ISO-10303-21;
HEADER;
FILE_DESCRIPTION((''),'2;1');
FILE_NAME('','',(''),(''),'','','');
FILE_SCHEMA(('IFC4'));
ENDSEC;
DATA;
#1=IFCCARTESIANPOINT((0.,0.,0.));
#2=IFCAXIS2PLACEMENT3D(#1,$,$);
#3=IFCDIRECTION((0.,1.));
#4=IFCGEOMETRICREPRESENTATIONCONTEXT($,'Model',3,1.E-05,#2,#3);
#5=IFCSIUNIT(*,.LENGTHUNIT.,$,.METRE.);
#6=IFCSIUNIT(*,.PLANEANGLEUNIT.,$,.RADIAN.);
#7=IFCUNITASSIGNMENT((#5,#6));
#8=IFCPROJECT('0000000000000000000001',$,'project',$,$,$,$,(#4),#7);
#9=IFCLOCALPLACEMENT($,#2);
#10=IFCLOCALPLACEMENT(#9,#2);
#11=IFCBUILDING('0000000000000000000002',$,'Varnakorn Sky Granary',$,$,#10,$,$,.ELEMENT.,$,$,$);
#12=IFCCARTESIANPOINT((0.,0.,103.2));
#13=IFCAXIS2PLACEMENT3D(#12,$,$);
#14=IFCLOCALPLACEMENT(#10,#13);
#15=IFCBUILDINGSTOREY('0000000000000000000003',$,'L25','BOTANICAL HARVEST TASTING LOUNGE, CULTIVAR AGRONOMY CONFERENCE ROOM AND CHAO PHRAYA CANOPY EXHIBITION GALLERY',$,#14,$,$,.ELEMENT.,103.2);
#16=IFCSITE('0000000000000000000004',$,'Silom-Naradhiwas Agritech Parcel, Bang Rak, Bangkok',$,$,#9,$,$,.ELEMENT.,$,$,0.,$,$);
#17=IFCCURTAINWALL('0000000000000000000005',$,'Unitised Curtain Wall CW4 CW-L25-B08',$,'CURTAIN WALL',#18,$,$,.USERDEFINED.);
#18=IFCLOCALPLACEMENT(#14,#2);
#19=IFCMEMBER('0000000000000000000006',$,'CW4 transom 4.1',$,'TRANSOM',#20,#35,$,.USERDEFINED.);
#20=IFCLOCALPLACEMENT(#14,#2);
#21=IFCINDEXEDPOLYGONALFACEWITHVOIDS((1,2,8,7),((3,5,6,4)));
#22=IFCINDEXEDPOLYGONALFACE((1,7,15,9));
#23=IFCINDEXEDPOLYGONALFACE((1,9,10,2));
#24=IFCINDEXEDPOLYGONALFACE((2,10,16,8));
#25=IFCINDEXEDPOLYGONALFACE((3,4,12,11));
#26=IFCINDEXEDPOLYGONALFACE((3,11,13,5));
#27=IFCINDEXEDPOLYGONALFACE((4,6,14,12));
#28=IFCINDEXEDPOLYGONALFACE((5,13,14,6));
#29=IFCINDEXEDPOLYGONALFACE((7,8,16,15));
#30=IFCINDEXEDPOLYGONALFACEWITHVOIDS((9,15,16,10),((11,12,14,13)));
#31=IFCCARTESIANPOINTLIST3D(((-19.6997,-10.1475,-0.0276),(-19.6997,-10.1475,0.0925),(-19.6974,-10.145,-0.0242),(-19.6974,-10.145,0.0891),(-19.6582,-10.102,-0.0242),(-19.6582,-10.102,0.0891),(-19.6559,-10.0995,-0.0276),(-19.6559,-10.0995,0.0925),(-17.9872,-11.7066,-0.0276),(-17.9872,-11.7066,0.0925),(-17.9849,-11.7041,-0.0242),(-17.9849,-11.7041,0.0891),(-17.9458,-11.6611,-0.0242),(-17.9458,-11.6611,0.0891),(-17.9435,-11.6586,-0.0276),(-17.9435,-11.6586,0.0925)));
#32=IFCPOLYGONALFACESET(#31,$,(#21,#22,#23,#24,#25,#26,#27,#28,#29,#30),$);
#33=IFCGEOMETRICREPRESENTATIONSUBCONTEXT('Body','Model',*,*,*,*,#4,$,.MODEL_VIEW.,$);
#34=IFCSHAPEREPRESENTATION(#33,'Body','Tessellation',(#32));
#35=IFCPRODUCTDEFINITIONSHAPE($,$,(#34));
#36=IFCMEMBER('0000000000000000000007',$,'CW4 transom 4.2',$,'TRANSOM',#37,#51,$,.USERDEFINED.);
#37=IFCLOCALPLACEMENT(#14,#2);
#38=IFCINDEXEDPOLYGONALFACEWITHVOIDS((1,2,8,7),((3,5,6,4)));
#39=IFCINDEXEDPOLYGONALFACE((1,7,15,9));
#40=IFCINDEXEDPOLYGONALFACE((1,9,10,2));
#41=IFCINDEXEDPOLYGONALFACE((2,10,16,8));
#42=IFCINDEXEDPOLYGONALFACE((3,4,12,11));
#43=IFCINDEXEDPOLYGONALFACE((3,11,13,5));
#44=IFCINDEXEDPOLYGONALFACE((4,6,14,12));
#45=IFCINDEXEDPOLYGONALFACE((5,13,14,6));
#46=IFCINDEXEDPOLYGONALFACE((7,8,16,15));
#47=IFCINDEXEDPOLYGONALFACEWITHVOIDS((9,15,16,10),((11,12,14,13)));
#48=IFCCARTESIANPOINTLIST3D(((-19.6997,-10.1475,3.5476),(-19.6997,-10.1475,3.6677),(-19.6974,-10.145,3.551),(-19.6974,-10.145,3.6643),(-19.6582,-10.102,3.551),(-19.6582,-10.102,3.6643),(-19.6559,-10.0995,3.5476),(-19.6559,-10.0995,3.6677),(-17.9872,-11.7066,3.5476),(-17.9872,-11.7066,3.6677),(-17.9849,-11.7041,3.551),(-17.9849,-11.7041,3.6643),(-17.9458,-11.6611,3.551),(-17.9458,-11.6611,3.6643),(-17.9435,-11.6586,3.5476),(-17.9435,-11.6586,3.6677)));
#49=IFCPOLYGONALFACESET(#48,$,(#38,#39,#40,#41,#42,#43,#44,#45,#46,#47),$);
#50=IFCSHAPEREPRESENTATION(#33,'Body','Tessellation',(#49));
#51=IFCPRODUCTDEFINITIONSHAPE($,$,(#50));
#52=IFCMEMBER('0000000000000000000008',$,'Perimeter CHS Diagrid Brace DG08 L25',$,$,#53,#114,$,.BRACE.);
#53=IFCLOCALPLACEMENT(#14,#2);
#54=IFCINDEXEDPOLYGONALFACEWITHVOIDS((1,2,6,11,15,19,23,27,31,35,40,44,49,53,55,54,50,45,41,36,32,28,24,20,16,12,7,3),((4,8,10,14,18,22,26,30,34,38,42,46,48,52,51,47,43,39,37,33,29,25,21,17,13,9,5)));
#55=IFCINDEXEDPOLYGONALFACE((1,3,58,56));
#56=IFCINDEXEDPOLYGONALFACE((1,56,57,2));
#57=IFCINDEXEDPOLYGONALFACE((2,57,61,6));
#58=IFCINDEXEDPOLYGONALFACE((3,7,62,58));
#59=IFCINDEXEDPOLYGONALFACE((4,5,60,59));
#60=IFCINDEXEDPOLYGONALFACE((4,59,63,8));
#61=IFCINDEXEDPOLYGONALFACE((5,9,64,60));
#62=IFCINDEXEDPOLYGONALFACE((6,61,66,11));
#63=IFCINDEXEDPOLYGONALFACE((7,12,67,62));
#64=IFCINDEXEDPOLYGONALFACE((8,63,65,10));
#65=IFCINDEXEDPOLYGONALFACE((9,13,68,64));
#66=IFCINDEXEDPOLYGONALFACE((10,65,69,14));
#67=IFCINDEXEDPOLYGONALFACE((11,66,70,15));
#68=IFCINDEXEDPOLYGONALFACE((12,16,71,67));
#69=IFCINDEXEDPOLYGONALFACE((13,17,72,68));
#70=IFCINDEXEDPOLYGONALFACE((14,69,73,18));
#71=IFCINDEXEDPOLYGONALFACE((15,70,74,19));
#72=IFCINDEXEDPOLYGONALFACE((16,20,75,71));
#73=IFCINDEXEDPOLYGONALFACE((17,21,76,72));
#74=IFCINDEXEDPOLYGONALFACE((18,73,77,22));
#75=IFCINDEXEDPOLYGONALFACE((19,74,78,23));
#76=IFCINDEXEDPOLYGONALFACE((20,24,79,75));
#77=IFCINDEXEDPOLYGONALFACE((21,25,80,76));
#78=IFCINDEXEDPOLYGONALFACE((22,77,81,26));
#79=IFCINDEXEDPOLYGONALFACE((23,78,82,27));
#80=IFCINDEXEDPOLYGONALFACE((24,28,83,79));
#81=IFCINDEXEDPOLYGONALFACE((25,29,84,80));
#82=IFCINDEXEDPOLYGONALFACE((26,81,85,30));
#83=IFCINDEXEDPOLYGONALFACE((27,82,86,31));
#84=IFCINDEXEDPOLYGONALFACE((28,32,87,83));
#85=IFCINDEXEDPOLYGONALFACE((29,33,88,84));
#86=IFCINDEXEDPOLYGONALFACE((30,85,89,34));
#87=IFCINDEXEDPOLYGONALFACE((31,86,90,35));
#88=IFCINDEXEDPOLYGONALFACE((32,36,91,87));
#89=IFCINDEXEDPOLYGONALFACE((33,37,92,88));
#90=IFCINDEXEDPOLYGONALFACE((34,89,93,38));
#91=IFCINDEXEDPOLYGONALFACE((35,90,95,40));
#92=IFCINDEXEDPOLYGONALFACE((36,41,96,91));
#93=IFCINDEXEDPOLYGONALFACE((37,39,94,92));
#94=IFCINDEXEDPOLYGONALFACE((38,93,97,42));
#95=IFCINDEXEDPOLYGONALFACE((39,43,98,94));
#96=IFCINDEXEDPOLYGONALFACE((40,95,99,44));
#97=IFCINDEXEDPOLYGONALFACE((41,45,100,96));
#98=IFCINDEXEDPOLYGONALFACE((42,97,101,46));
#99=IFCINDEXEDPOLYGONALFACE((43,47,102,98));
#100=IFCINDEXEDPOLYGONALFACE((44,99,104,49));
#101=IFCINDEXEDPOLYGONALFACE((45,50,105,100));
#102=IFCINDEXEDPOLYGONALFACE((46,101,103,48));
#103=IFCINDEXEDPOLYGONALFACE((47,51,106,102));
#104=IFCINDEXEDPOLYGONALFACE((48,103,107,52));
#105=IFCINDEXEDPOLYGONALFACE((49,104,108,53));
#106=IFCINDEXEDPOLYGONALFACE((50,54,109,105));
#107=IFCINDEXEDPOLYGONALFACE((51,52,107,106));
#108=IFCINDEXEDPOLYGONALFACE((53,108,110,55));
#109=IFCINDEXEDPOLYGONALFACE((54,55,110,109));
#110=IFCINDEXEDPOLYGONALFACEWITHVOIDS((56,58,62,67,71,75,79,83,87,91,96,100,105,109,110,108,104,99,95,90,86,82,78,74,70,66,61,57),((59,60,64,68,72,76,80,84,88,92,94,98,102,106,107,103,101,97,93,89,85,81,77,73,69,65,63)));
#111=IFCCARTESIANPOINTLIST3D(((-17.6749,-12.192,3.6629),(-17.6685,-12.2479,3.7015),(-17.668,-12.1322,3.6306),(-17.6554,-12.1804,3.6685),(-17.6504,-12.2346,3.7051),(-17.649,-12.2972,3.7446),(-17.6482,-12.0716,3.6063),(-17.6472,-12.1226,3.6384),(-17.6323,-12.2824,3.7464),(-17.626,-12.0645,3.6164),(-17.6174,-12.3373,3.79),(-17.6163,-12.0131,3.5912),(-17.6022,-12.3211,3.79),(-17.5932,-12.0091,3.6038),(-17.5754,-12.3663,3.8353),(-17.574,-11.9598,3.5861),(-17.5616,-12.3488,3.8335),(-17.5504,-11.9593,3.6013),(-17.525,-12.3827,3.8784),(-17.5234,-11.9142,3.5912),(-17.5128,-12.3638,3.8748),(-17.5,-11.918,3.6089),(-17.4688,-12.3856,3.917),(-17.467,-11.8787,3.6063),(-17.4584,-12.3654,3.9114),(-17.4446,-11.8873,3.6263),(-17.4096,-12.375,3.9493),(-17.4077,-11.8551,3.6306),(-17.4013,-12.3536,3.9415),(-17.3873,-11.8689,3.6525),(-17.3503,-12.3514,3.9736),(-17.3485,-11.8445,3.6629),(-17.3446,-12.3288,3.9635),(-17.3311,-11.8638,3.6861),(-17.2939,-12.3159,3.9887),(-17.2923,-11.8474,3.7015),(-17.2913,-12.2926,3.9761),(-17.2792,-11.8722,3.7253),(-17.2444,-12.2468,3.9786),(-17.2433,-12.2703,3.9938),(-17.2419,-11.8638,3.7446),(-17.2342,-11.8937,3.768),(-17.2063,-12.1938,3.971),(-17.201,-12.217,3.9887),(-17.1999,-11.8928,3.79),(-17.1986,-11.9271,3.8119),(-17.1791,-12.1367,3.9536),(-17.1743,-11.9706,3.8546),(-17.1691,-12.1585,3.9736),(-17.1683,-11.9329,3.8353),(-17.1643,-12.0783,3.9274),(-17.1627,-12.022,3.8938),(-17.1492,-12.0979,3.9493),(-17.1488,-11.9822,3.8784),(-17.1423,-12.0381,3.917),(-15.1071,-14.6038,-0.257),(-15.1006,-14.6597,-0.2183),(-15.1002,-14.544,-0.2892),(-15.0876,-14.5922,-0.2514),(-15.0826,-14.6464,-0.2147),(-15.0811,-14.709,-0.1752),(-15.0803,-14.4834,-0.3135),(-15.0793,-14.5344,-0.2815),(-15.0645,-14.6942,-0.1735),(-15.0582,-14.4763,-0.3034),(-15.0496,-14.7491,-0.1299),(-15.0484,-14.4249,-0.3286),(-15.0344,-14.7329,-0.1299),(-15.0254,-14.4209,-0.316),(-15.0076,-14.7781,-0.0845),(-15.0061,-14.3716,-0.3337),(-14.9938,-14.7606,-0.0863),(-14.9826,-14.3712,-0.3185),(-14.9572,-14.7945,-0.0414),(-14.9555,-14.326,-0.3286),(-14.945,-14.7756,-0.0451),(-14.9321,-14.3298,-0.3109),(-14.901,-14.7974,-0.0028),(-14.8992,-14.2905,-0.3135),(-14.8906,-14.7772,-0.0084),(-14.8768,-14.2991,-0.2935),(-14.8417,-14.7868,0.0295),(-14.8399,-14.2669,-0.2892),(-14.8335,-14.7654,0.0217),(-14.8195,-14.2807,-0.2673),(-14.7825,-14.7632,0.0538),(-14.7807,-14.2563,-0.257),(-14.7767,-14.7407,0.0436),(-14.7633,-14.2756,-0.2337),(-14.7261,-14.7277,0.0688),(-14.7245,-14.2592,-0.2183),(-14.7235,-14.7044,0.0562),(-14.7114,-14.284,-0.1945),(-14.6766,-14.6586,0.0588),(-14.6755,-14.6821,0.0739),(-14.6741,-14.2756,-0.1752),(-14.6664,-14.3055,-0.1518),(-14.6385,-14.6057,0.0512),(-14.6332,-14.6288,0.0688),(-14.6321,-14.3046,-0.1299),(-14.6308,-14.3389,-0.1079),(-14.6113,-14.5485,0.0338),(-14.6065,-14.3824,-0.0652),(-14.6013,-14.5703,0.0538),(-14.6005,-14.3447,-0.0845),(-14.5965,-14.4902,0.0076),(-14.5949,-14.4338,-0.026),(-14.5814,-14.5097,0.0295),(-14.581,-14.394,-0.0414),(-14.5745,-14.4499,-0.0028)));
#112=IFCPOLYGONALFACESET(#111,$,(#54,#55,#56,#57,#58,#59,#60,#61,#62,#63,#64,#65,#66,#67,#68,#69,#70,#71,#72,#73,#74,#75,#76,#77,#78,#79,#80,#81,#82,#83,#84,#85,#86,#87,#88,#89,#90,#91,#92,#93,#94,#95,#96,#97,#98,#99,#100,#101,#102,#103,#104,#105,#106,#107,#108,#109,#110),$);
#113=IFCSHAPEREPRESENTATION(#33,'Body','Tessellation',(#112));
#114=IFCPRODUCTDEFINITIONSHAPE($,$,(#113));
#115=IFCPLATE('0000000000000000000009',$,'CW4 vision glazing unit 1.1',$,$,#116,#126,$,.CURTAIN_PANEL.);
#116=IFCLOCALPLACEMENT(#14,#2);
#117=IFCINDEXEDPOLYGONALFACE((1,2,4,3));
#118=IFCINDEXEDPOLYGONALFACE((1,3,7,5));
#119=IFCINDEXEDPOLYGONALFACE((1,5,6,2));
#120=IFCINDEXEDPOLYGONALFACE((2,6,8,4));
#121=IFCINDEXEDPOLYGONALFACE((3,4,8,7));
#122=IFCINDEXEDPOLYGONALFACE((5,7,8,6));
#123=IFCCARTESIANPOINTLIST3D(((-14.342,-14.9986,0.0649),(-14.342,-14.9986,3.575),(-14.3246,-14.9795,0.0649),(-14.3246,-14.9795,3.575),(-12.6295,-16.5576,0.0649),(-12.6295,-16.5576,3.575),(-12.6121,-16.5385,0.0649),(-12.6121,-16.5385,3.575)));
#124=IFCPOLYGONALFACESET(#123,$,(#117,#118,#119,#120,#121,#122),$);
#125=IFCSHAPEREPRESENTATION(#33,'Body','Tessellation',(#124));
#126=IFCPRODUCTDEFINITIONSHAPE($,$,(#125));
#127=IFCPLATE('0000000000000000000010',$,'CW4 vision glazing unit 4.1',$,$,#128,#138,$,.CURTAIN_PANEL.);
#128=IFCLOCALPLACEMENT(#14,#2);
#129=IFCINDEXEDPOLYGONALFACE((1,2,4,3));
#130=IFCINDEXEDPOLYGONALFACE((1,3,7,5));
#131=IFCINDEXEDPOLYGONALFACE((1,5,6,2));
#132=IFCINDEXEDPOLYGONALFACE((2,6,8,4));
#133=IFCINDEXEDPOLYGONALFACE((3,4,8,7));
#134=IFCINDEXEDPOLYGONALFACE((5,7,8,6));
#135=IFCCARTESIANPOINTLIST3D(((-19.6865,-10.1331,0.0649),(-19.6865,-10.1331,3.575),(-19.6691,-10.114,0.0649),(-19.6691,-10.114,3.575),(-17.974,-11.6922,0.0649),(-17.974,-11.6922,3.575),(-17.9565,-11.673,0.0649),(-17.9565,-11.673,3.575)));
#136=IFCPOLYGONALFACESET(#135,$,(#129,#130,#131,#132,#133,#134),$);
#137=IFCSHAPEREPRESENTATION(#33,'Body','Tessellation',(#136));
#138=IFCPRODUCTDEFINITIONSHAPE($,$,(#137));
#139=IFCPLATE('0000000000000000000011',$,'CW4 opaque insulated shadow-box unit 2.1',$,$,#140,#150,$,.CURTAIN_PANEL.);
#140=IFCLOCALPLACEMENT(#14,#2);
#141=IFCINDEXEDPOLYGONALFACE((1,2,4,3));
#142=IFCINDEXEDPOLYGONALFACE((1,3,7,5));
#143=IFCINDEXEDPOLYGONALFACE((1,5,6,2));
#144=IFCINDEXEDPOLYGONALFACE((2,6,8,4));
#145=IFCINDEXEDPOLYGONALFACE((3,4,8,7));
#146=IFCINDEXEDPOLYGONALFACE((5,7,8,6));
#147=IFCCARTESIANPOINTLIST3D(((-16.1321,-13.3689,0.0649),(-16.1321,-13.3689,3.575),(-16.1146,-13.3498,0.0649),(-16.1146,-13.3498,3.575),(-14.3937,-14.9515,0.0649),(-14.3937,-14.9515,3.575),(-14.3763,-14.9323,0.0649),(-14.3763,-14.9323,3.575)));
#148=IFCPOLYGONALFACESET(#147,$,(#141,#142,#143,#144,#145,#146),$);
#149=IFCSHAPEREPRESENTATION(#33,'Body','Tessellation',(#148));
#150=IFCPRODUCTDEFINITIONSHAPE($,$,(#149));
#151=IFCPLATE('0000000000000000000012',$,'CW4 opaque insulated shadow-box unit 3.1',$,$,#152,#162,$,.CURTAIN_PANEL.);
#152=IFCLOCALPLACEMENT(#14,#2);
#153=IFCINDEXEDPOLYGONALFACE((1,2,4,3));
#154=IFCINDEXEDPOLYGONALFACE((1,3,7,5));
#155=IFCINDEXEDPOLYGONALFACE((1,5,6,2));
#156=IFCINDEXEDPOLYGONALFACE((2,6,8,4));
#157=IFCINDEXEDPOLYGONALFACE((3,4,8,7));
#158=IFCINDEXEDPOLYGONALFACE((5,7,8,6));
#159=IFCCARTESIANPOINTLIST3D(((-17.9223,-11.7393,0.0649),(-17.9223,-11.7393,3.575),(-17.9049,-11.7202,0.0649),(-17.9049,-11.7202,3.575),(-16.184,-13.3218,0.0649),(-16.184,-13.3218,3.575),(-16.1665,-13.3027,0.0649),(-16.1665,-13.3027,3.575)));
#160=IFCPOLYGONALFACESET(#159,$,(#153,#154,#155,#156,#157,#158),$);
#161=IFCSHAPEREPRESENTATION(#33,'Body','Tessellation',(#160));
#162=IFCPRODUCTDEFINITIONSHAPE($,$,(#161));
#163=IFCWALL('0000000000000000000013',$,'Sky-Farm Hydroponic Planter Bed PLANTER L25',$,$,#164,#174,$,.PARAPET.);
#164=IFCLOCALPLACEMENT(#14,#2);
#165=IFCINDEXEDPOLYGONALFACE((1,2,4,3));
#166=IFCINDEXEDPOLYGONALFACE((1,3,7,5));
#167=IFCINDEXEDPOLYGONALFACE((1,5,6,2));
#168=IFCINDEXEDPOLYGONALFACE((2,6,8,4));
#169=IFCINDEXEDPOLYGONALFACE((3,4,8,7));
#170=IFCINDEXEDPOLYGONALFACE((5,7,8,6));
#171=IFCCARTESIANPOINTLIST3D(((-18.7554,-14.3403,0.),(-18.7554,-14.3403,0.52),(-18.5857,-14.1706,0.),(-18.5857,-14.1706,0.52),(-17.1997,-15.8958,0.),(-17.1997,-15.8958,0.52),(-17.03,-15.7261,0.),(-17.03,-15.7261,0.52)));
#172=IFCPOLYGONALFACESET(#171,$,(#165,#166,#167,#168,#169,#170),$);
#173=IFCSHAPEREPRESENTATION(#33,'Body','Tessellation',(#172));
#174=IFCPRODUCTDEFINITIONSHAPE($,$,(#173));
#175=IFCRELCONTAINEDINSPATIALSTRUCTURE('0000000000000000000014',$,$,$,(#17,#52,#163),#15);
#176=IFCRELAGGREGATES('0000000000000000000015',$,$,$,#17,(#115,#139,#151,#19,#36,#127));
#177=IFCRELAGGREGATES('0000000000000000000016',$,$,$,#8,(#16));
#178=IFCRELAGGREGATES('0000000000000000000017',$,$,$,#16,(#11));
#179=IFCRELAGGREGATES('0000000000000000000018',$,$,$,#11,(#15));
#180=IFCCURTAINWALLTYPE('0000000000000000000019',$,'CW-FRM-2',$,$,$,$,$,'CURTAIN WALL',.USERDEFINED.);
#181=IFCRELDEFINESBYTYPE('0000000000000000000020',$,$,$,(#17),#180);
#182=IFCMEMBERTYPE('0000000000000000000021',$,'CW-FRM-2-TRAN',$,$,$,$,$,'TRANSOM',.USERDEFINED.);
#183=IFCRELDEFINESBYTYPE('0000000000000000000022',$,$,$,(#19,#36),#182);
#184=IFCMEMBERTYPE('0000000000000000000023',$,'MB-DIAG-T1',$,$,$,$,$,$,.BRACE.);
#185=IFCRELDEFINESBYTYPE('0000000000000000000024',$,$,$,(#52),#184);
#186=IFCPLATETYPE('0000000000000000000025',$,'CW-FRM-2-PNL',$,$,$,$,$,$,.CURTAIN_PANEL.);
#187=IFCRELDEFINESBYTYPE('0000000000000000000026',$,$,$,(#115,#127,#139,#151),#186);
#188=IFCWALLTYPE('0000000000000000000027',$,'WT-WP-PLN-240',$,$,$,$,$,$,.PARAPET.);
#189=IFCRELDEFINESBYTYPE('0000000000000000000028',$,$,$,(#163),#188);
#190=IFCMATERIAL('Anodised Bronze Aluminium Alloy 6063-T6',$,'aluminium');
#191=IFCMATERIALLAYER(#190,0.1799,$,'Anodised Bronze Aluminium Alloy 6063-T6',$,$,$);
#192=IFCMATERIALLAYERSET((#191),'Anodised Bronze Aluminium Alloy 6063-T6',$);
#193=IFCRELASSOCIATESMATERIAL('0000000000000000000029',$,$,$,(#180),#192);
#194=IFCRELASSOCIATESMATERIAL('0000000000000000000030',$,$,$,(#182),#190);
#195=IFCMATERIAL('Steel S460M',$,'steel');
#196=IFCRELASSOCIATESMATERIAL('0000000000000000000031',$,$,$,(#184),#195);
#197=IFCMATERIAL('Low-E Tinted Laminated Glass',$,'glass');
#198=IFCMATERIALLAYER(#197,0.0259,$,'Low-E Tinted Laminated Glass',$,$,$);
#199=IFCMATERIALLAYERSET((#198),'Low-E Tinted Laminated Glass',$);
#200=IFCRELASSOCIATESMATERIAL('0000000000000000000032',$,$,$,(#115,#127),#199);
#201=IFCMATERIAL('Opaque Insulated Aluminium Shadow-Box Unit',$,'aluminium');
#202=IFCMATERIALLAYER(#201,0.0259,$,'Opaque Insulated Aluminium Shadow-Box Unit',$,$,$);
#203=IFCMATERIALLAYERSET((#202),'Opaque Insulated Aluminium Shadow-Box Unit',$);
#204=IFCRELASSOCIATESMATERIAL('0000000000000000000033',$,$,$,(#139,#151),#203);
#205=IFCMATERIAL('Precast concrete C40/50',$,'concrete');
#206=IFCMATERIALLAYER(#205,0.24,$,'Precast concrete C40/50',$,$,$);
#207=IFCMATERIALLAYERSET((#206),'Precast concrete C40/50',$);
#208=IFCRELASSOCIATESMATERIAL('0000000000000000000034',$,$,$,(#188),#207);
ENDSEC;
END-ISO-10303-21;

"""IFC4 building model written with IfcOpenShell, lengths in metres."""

from ifc_helpers import new_model, si_unit, direction, frame, frame_2d, origin, origin_2d, place, context, subcontext, project, spatial, rectangle, hollow_rectangle, hollow_circle, extrude, source, transform, mapped, material, layer, layer_set, material_profile, profile_set, type_object, type_shapes, element, aggregate, save


model = new_model("IFC4")

# Units and contexts
model_context = context("Model", 3, precision=1e-05, world=origin(), true_north=direction((0.0, 1.0)))
body_context = subcontext(model_context, "Body", "Model", "MODEL_VIEW")
ifc_project = project(units=[si_unit("LENGTHUNIT", "METRE"), si_unit("PLANEANGLEUNIT", "RADIAN")], contexts=[model_context])

# Site, building, storey
site_placement = place(None, origin())
site = spatial("IfcSite", under=ifc_project, at=site_placement, Name="Silom-Naradhiwas Agritech Parcel, Bang Rak, Bangkok", CompositionType="ELEMENT", RefElevation=0.0)
building_placement = place(site_placement, origin())
building = spatial("IfcBuilding", under=site, at=building_placement, Name="Varnakorn Sky Granary", CompositionType="ELEMENT")
storey_placement = place(building_placement, frame((0.0, 0.0, 103.2)))
storey = spatial("IfcBuildingStorey", under=building, at=storey_placement, Name="L25", Description="BOTANICAL HARVEST TASTING LOUNGE, CULTIVAR AGRONOMY CONFERENCE ROOM AND CHAO PHRAYA CANOPY EXHIBITION GALLERY", CompositionType="ELEMENT", Elevation=103.2)

# Shared definitions
ifc_material_1 = material(Name="Steel S460M", Category="steel")

# Curtain wall, members
ifc_material_2 = material(Name="Anodised Bronze Aluminium Alloy 6063-T6", Category="aluminium")
ifc_layer_1 = layer(ifc_material_2, 0.1799, Name="Anodised Bronze Aluminium Alloy 6063-T6")
ifc_layer_set_1 = layer_set([ifc_layer_1], Name="Anodised Bronze Aluminium Alloy 6063-T6")
curtain_wall_type = type_object("IfcCurtainWallType", Name="CW-FRM-2", ElementType="CURTAIN WALL", PredefinedType="USERDEFINED", material=ifc_layer_set_1)
curtain_wall_placement = place(storey_placement, origin())
curtain_wall = element("IfcCurtainWall", 1, at=curtain_wall_placement, inside=storey, type_object=curtain_wall_type, Name="Unitised Curtain Wall CW4 CW-L25-B08", ObjectType="CURTAIN WALL", PredefinedType="USERDEFINED")
ifc_material_profile_1 = material_profile(ifc_material_2, hollow_rectangle(XDim=0.0649, YDim=0.1201, WallThickness=0.0034, at=origin_2d()), Name="ALU TRAN 65x120")
ifc_profile_set_1 = profile_set([ifc_material_profile_1], Name="Anodised Bronze Aluminium Alloy 6063-T6")
member_type_1 = type_object("IfcMemberType", Name="CW-FRM-2-TRAN", ElementType="TRANSOM", PredefinedType="USERDEFINED", material=ifc_profile_set_1)
member_1_placement = place(storey_placement, frame((-17.9653, -11.6826, 0.0325), z_axis=(-0.739434, 0.673229, 0.0), x_axis=(-0.673229, -0.739434, 0.0)))
member_1 = element("IfcMember", 2, at=member_1_placement, type_object=member_type_1, Name="CW4 transom 4.1", ObjectType="TRANSOM", PredefinedType="USERDEFINED", context=body_context, shape_type="SweptSolid", body=[
    extrude(hollow_rectangle(XDim=0.0649, YDim=0.1201, WallThickness=0.0034, at=origin_2d()), origin(), (0.0, 0.0, 1.0), 2.3159),
])
member_2_placement = place(storey_placement, frame((-17.9653, -11.6826, 3.6077), z_axis=(-0.739434, 0.673229, 0.0), x_axis=(-0.673229, -0.739434, 0.0)))
member_2 = element("IfcMember", 3, at=member_2_placement, type_object=member_type_1, Name="CW4 transom 4.2", ObjectType="TRANSOM", PredefinedType="USERDEFINED", context=body_context, shape_type="SweptSolid", body=[
    extrude(hollow_rectangle(XDim=0.0649, YDim=0.1201, WallThickness=0.0034, at=origin_2d()), origin(), (0.0, 0.0, 1.0), 2.3159),
])

# Member
ifc_material_profile_2 = material_profile(ifc_material_1, hollow_circle(Radius=0.3049, WallThickness=0.0222, at=origin_2d()), Name="CHS 610x22")
ifc_profile_set_2 = profile_set([ifc_material_profile_2], Name="Steel S460M")
member_type_2 = type_object("IfcMemberType", Name="MB-DIAG-T1", PredefinedType="BRACE", material=ifc_profile_set_2)
member_3_placement = place(storey_placement, frame((-14.8408, -14.5269, -0.1299), z_axis=(-0.487227, 0.457627, 0.743765), x_axis=(-0.684619, -0.728902, 0.0)))
element("IfcMember", 4, at=member_3_placement, inside=storey, type_object=member_type_2, Name="Perimeter CHS Diagrid Brace DG08 L25", PredefinedType="BRACE", context=body_context, shape_type="SweptSolid", body=[
    extrude(hollow_circle(Radius=0.3049, WallThickness=0.0222, at=origin_2d()), origin(), (0.0, 0.0, 1.0), 5.2703),
])

# Plates
ifc_material_3 = material(Name="Low-E Tinted Laminated Glass", Category="glass")
ifc_layer_2 = layer(ifc_material_3, 0.0259, Name="Low-E Tinted Laminated Glass")
ifc_layer_set_2 = layer_set([ifc_layer_2], Name="Low-E Tinted Laminated Glass")
plate_type = type_object("IfcPlateType", Name="CW-FRM-2-PNL", PredefinedType="CURTAIN_PANEL")
shared_shape_1 = source(origin(), body_context, "Body", "SweptSolid", [
    extrude(rectangle(XDim=2.3159, YDim=0.0259, at=origin_2d()), origin(), (0.0, 0.0, 1.0), 3.51),
])
plate_1_placement = place(storey_placement, frame((-13.4771, -15.7686, 0.0649), z_axis=(0.0, 0.0, 1.0), x_axis=(-0.739474, 0.673185, 0.0)))
plate_1 = element("IfcPlate", 5, at=plate_1_placement, type_object=plate_type, material=ifc_layer_set_2, Name="CW4 vision glazing unit 1.1", PredefinedType="CURTAIN_PANEL", context=body_context, shape_type="MappedRepresentation", body=[
    mapped(shared_shape_1, transform((0.0, 0.0, 0.0), x_axis=(1.0, 0.0, 0.0), y_axis=(0.0, 1.0, 0.0), z_axis=(0.0, 0.0, 1.0), scale=1.0)),
])
plate_2_placement = place(storey_placement, frame((-18.8215, -10.9031, 0.0649), z_axis=(0.0, 0.0, 1.0), x_axis=(-0.739474, 0.673185, 0.0)))
plate_2 = element("IfcPlate", 6, at=plate_2_placement, type_object=plate_type, material=ifc_layer_set_2, Name="CW4 vision glazing unit 4.1", PredefinedType="CURTAIN_PANEL", context=body_context, shape_type="MappedRepresentation", body=[
    mapped(shared_shape_1, transform((0.0, 0.0, 0.0), x_axis=(1.0, 0.0, 0.0), y_axis=(0.0, 1.0, 0.0), z_axis=(0.0, 0.0, 1.0), scale=1.0)),
])
ifc_material_4 = material(Name="Opaque Insulated Aluminium Shadow-Box Unit", Category="aluminium")
ifc_layer_3 = layer(ifc_material_4, 0.0259, Name="Opaque Insulated Aluminium Shadow-Box Unit")
ifc_layer_set_3 = layer_set([ifc_layer_3], Name="Opaque Insulated Aluminium Shadow-Box Unit")
shared_shape_2 = source(origin(), body_context, "Body", "SweptSolid", [
    extrude(rectangle(XDim=2.3508, YDim=0.0259, at=origin_2d()), origin(), (0.0, 0.0, 1.0), 3.51),
])
type_shapes(plate_type, [shared_shape_1, shared_shape_2])
plate_3_placement = place(storey_placement, frame((-15.2542, -14.1506, 0.0649), z_axis=(0.0, 0.0, 1.0), x_axis=(-0.739474, 0.673185, 0.0)))
plate_3 = element("IfcPlate", 7, at=plate_3_placement, type_object=plate_type, material=ifc_layer_set_3, Name="CW4 opaque insulated shadow-box unit 2.1", PredefinedType="CURTAIN_PANEL", context=body_context, shape_type="MappedRepresentation", body=[
    mapped(shared_shape_2, transform((0.0, 0.0, 0.0), x_axis=(1.0, 0.0, 0.0), y_axis=(0.0, 1.0, 0.0), z_axis=(0.0, 0.0, 1.0), scale=1.0)),
])
plate_4_placement = place(storey_placement, frame((-17.0444, -12.521, 0.0649), z_axis=(0.0, 0.0, 1.0), x_axis=(-0.739474, 0.673185, 0.0)))
plate_4 = element("IfcPlate", 8, at=plate_4_placement, type_object=plate_type, material=ifc_layer_set_3, Name="CW4 opaque insulated shadow-box unit 3.1", PredefinedType="CURTAIN_PANEL", context=body_context, shape_type="MappedRepresentation", body=[
    mapped(shared_shape_2, transform((0.0, 0.0, 0.0), x_axis=(1.0, 0.0, 0.0), y_axis=(0.0, 1.0, 0.0), z_axis=(0.0, 0.0, 1.0), scale=1.0)),
])
aggregate(curtain_wall, [plate_1, plate_3, plate_4, member_1, member_2, plate_2])

# Wall
ifc_material_5 = material(Name="Precast concrete C40/50", Category="concrete")
ifc_layer_4 = layer(ifc_material_5, 0.24, Name="Precast concrete C40/50")
ifc_layer_set_4 = layer_set([ifc_layer_4], Name="Precast concrete C40/50")
wall_type = type_object("IfcWallType", Name="WT-WP-PLN-240", PredefinedType="PARAPET", material=ifc_layer_set_4)
wall_placement = place(storey_placement, frame((-18.6707, -14.2554, 0.0), z_axis=(0.0, 0.0, 1.0), x_axis=(0.707162, -0.707051, 0.0)))
element("IfcWall", 9, at=wall_placement, inside=storey, type_object=wall_type, Name="Sky-Farm Hydroponic Planter Bed PLANTER L25", PredefinedType="PARAPET", context=body_context, shape_type="SweptSolid", body=[
    extrude(rectangle(XDim=2.2, YDim=0.24, at=frame_2d((1.1001, 0.0))), origin(), (0.0, 0.0, 1.0), 0.52),
])

save(model, "model.ifc")
